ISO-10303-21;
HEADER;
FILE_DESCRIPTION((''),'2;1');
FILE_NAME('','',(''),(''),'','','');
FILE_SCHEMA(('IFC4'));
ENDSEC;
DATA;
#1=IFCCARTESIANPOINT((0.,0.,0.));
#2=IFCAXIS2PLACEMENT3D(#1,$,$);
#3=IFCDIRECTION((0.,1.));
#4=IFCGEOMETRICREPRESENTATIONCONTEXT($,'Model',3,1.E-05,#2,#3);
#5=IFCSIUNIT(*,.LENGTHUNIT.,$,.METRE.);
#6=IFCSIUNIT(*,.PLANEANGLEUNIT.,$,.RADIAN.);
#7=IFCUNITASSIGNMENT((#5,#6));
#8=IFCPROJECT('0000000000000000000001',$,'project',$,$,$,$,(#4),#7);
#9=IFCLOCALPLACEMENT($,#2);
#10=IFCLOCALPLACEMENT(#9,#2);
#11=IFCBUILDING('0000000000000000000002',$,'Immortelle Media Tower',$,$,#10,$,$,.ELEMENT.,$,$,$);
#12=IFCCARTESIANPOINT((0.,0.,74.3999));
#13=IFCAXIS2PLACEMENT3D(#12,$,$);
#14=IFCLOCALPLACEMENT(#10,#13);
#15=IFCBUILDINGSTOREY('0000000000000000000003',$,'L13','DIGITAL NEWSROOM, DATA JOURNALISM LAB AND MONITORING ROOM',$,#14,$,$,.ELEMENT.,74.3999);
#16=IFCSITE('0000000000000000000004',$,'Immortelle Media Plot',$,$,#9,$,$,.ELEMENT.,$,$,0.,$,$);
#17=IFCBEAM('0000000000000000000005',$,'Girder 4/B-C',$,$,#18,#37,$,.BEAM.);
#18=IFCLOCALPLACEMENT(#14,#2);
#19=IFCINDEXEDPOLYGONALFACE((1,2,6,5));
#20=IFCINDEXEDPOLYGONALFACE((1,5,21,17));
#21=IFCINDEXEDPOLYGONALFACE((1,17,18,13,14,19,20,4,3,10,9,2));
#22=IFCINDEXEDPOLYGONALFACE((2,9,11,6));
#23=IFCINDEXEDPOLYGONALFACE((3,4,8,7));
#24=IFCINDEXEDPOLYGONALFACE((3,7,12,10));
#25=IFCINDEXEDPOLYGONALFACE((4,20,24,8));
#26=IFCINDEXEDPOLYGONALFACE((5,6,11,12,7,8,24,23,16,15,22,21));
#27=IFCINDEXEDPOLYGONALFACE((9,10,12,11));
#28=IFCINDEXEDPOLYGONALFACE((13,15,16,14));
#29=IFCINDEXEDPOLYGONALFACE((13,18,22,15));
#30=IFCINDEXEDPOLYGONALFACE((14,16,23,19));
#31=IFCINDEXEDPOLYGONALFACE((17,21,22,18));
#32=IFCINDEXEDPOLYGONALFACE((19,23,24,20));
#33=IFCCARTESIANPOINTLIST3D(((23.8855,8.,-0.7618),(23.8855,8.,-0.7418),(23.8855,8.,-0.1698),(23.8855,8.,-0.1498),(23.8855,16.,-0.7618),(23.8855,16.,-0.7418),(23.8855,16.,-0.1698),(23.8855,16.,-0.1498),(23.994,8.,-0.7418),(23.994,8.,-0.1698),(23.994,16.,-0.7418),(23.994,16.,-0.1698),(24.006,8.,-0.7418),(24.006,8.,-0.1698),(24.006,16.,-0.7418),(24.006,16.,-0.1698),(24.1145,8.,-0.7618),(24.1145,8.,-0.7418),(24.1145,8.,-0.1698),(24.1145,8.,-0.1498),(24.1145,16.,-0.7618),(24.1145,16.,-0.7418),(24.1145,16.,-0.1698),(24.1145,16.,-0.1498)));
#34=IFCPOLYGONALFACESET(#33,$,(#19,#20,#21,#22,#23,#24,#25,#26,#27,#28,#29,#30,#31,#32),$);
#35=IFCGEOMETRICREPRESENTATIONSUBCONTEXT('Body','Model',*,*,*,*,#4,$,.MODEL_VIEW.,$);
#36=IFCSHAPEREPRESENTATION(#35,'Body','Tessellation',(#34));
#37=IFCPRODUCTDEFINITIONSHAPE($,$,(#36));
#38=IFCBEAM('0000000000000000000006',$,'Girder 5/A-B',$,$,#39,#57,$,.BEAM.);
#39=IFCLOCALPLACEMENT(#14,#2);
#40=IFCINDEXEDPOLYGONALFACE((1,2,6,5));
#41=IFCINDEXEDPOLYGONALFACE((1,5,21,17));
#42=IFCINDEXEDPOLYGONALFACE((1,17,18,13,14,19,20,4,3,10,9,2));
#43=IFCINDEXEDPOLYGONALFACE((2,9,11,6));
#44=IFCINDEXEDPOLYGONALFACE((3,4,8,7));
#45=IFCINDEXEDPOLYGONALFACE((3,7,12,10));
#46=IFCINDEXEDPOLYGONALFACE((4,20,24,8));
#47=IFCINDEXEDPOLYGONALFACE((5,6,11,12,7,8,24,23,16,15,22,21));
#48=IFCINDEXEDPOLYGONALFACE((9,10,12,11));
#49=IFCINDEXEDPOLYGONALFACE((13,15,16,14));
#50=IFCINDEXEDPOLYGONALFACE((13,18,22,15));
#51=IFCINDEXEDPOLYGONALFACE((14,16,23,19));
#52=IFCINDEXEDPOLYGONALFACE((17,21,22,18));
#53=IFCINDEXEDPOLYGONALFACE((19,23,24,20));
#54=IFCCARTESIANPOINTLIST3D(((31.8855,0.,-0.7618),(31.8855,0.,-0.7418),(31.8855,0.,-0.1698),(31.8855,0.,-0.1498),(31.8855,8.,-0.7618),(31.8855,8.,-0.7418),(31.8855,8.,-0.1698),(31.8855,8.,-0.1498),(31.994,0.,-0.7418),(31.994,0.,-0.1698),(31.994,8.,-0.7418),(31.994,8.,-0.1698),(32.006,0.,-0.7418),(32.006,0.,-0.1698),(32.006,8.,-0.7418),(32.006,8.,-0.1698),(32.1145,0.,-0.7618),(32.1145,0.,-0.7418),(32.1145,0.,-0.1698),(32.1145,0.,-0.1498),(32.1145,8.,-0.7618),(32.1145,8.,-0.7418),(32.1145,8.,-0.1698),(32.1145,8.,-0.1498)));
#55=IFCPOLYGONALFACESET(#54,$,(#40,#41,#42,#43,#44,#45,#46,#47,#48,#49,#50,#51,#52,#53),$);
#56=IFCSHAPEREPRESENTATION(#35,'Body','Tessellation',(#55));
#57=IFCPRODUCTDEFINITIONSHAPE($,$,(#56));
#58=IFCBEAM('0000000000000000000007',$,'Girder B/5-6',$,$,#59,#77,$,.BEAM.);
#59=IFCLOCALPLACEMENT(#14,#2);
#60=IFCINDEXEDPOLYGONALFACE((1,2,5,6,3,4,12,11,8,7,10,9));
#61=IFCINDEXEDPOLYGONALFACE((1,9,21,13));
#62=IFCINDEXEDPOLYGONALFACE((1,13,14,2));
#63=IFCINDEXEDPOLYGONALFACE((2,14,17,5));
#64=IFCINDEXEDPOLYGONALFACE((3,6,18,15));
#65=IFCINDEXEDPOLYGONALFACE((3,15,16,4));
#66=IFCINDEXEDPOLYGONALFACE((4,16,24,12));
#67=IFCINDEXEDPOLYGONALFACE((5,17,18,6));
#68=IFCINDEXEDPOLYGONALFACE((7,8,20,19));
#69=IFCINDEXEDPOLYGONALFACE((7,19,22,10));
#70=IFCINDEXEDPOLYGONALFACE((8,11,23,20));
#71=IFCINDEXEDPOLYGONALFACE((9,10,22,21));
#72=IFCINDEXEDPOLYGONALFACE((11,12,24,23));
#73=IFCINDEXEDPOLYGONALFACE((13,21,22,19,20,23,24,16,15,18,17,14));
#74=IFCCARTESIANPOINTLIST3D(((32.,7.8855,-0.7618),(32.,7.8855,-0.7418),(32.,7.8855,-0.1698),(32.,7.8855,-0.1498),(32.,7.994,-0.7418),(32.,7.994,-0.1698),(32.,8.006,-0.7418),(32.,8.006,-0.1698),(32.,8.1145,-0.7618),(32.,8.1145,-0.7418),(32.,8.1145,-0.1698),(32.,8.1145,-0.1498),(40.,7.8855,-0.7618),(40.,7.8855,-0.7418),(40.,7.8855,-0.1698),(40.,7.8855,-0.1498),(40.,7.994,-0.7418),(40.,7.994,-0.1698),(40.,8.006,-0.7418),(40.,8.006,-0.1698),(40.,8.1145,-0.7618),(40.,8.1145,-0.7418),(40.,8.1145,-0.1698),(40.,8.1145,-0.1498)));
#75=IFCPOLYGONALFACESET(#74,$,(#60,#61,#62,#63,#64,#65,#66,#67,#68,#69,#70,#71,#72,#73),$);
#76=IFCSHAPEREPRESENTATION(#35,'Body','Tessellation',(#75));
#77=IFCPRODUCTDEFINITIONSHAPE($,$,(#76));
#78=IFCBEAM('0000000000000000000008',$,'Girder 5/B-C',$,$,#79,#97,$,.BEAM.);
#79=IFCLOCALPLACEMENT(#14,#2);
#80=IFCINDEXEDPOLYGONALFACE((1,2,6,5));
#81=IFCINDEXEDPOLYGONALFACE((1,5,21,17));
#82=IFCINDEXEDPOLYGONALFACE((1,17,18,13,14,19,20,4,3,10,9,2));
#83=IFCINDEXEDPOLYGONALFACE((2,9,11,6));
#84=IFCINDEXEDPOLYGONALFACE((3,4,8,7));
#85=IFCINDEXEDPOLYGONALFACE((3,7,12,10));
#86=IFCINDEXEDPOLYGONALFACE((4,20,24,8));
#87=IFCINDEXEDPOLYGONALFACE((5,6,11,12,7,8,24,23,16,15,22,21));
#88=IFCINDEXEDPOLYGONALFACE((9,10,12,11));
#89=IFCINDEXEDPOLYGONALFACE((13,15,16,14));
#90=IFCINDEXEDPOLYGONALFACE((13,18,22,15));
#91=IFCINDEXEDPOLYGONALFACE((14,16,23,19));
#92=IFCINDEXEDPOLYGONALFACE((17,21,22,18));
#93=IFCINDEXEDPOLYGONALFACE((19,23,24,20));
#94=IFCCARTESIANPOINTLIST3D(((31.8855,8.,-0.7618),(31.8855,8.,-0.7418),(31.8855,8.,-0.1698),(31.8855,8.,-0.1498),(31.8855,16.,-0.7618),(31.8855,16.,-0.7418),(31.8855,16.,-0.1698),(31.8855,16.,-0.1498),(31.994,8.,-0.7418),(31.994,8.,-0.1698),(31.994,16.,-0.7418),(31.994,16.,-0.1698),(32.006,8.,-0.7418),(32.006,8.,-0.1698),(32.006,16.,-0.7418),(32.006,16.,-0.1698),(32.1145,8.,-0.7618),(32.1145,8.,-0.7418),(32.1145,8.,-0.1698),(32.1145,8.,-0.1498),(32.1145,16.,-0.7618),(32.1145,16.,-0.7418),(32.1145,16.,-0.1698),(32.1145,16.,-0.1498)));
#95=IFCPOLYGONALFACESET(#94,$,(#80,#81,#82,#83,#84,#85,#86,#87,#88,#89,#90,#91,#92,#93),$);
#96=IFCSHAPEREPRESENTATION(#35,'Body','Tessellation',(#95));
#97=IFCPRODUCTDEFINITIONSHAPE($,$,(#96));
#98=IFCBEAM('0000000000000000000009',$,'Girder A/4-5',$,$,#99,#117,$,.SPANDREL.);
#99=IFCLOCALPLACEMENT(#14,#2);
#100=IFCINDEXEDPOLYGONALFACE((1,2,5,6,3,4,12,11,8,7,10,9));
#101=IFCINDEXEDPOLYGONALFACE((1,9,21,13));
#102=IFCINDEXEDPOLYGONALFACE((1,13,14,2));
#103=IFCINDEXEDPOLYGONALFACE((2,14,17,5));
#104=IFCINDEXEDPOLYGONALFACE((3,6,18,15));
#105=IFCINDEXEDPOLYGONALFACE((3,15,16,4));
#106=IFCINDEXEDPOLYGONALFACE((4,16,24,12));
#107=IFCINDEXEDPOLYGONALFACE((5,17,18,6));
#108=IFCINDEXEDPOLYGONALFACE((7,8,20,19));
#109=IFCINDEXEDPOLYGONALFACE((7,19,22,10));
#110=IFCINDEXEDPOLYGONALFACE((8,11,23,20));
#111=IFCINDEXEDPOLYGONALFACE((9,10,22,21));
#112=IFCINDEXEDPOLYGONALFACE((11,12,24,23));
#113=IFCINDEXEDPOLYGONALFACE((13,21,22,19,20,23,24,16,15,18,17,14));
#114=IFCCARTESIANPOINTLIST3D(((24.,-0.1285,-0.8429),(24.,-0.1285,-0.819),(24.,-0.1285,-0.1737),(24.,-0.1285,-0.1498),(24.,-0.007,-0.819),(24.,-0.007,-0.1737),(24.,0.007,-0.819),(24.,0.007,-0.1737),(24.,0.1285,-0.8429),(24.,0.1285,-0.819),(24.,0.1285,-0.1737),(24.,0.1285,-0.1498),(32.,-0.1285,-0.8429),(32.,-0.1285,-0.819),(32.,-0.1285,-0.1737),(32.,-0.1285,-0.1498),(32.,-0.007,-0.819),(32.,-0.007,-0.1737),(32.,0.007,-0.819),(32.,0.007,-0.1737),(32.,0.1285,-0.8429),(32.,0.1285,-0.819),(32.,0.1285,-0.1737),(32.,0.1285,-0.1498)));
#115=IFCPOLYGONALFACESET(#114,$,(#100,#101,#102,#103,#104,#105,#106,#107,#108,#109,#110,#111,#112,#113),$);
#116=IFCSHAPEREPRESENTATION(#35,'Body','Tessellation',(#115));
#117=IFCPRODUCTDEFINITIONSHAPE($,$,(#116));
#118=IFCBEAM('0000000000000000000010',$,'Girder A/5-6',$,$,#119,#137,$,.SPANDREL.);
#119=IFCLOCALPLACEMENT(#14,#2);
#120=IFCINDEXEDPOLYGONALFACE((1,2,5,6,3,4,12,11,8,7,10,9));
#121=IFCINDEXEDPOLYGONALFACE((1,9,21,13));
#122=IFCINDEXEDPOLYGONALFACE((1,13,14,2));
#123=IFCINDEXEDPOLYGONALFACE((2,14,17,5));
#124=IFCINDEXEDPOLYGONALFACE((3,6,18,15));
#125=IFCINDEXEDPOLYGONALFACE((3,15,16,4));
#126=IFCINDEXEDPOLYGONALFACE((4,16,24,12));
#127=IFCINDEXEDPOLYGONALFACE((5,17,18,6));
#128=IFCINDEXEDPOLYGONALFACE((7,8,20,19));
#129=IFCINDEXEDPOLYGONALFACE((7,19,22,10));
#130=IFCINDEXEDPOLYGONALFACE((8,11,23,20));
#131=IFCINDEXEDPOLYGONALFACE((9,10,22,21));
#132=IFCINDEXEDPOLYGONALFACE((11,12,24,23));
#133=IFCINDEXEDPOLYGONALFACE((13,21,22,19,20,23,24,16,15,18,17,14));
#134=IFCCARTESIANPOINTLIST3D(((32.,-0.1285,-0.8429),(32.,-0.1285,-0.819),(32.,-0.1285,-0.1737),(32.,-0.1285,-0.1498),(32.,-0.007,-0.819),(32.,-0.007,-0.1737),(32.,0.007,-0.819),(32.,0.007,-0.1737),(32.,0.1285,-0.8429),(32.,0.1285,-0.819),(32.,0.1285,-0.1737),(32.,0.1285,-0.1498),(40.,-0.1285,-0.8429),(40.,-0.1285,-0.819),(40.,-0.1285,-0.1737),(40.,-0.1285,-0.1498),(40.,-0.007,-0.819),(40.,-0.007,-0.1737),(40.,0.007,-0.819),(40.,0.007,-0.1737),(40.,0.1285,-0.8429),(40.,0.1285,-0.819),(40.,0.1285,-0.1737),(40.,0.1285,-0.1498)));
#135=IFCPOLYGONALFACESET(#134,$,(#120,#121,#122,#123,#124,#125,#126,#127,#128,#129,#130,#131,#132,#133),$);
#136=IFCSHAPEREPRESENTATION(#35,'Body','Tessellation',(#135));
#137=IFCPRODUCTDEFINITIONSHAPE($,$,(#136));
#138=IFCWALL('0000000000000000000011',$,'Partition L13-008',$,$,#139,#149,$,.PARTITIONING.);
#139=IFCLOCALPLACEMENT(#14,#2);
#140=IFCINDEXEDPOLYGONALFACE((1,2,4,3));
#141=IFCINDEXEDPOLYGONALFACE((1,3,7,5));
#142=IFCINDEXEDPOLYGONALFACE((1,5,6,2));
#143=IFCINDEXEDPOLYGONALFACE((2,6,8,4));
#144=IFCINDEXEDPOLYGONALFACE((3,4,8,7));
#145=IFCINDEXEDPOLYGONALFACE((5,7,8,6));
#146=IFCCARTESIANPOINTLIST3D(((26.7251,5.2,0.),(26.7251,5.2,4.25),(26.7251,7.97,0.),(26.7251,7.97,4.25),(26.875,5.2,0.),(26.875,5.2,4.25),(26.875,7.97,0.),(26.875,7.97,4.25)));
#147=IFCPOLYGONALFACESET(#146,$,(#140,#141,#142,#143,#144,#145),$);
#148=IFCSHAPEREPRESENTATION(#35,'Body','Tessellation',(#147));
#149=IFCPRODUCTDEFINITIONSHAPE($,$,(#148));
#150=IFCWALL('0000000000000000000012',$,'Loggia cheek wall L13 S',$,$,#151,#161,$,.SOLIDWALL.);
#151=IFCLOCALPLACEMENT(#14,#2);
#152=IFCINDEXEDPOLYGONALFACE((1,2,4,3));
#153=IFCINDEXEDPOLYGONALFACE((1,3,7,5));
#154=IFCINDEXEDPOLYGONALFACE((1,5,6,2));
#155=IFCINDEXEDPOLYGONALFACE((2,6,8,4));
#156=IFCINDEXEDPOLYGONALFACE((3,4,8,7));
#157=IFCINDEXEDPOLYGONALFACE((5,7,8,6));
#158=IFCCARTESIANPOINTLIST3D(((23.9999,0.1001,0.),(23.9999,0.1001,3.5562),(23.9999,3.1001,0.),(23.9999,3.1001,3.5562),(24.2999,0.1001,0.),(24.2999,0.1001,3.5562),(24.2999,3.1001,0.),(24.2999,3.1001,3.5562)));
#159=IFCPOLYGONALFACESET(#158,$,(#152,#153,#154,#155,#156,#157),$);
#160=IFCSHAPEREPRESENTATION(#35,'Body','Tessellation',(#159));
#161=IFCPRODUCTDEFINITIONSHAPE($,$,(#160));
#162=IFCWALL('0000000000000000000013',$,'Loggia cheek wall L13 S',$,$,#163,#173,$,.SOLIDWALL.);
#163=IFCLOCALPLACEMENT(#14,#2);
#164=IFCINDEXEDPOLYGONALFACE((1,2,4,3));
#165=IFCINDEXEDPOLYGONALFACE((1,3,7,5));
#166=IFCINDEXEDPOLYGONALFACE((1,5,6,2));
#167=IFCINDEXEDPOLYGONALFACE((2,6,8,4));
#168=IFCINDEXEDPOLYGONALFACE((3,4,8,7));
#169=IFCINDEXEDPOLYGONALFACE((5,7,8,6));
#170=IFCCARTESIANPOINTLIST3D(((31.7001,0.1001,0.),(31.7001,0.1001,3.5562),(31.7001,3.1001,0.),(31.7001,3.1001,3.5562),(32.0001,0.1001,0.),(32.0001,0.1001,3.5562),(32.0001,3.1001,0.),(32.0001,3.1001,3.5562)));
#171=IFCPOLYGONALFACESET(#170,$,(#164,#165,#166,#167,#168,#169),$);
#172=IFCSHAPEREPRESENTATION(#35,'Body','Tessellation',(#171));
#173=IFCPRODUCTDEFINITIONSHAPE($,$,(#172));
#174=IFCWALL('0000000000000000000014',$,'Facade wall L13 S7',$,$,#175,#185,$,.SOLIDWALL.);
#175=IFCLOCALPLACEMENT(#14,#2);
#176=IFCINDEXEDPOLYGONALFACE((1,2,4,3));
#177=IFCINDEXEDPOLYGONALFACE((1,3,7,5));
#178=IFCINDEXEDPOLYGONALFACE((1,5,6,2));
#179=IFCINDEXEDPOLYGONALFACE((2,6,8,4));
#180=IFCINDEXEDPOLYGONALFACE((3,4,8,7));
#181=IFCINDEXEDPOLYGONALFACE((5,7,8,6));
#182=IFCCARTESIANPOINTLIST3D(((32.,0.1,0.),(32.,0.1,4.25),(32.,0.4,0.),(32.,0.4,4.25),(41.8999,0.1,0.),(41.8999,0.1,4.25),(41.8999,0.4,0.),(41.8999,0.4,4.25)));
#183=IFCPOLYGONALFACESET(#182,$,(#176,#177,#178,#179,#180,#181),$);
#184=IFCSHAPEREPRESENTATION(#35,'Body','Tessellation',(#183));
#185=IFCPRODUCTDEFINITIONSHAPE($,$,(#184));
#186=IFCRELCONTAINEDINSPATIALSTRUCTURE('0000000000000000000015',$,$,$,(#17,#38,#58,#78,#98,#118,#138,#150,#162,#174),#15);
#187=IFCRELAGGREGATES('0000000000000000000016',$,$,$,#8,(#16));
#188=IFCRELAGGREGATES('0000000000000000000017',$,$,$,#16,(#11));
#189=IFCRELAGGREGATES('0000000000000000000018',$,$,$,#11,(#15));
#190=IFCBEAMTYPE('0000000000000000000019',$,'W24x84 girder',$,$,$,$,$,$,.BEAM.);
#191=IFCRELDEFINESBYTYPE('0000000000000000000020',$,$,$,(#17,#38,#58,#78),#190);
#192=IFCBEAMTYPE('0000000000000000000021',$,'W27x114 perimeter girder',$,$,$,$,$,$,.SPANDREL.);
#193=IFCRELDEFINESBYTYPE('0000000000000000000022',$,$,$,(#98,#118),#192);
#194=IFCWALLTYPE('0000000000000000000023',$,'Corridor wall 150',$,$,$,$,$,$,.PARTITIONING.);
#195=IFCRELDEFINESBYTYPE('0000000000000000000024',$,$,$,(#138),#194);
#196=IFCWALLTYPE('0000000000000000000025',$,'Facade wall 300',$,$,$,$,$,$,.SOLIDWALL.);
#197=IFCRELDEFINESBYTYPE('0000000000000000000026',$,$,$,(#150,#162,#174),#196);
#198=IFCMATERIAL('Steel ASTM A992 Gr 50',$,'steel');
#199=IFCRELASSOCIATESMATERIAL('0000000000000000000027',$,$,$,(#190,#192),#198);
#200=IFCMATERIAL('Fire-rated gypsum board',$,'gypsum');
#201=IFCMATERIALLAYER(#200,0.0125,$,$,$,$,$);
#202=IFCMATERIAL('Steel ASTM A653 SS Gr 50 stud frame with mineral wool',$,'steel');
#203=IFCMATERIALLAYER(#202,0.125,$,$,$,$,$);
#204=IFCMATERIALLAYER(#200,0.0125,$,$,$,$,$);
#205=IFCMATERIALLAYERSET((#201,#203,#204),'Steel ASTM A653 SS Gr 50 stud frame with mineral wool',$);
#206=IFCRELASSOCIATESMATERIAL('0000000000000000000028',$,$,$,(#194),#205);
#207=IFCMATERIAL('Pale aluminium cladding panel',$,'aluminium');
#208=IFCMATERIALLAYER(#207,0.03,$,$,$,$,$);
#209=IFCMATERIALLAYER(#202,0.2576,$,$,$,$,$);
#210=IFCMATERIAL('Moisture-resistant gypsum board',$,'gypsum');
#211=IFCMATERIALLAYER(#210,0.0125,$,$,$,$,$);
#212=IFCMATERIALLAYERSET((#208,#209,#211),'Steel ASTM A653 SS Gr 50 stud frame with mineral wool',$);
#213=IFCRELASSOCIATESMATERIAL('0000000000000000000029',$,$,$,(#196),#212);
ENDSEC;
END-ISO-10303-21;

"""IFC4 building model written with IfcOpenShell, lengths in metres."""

from ifc_helpers import new_model, si_unit, direction, frame, frame_2d, origin, origin_2d, place, context, subcontext, project, spatial, rectangle, i_section, extrude, material, layer, layer_set, material_profile, profile_set, type_object, element, save


model = new_model("IFC4")

# Units and contexts
model_context = context("Model", 3, precision=1e-05, world=origin(), true_north=direction((0.0, 1.0)))
body_context = subcontext(model_context, "Body", "Model", "MODEL_VIEW")
ifc_project = project(units=[si_unit("LENGTHUNIT", "METRE"), si_unit("PLANEANGLEUNIT", "RADIAN")], contexts=[model_context])

# Site, building, storey
site_placement = place(None, origin())
site = spatial("IfcSite", under=ifc_project, at=site_placement, Name="Immortelle Media Plot", CompositionType="ELEMENT", RefElevation=0.0)
building_placement = place(site_placement, origin())
building = spatial("IfcBuilding", under=site, at=building_placement, Name="Immortelle Media Tower", CompositionType="ELEMENT")
storey_placement = place(building_placement, frame((0.0, 0.0, 74.3999)))
storey = spatial("IfcBuildingStorey", under=building, at=storey_placement, Name="L13", Description="DIGITAL NEWSROOM, DATA JOURNALISM LAB AND MONITORING ROOM", CompositionType="ELEMENT", Elevation=74.3999)

# Shared definitions
ifc_material_1 = material(Name="Steel ASTM A992 Gr 50", Category="steel")

# Beams
ifc_material_profile_1 = material_profile(ifc_material_1, i_section(OverallWidth=0.229, OverallDepth=0.6121, WebThickness=0.012, FlangeThickness=0.02, at=origin_2d()), Name="W24x84")
ifc_profile_set_1 = profile_set([ifc_material_profile_1], Name="Steel ASTM A992 Gr 50")
beam_type_1 = type_object("IfcBeamType", Name="W24x84 girder", PredefinedType="BEAM", material=ifc_profile_set_1)
for number, where, z_axis, x_axis, name in (
    (1, (24.0, 8.0, -0.4558), (0.0, 1.0, 0.0), (-1.0, 0.0, 0.0), "Girder 4/B-C"),
    (2, (32.0, 0.0, -0.4558), (0.0, 1.0, 0.0), (-1.0, 0.0, 0.0), "Girder 5/A-B"),
    (3, (32.0, 8.0, -0.4558), (1.0, 0.0, 0.0), (0.0, 1.0, 0.0), "Girder B/5-6"),
    (4, (32.0, 8.0, -0.4558), (0.0, 1.0, 0.0), (-1.0, 0.0, 0.0), "Girder 5/B-C"),
):
    element("IfcBeam", number, at=place(storey_placement, frame(where, z_axis=z_axis, x_axis=x_axis)), inside=storey, type_object=beam_type_1, Name=name, PredefinedType="BEAM", context=body_context, shape_type="SweptSolid", body=[
        extrude(i_section(OverallWidth=0.229, OverallDepth=0.6121, WebThickness=0.012, FlangeThickness=0.02, at=origin_2d()), origin(), (0.0, 0.0, 1.0), 8.0),
    ])
ifc_material_profile_2 = material_profile(ifc_material_1, i_section(OverallWidth=0.2571, OverallDepth=0.6931, WebThickness=0.0139, FlangeThickness=0.0239, at=origin_2d()), Name="W27x114")
ifc_profile_set_2 = profile_set([ifc_material_profile_2], Name="Steel ASTM A992 Gr 50")
beam_type_2 = type_object("IfcBeamType", Name="W27x114 perimeter girder", PredefinedType="SPANDREL", material=ifc_profile_set_2)
for number, where, z_axis, x_axis, name in (
    (5, (24.0, 0.0, -0.4963), (1.0, 0.0, 0.0), (0.0, 1.0, 0.0), "Girder A/4-5"),
    (6, (32.0, 0.0, -0.4963), (1.0, 0.0, 0.0), (0.0, 1.0, 0.0), "Girder A/5-6"),
):
    element("IfcBeam", number, at=place(storey_placement, frame(where, z_axis=z_axis, x_axis=x_axis)), inside=storey, type_object=beam_type_2, Name=name, PredefinedType="SPANDREL", context=body_context, shape_type="SweptSolid", body=[
        extrude(i_section(OverallWidth=0.2571, OverallDepth=0.6931, WebThickness=0.0139, FlangeThickness=0.0239, at=origin_2d()), origin(), (0.0, 0.0, 1.0), 8.0),
    ])

# Wall
ifc_material_2 = material(Name="Fire-rated gypsum board", Category="gypsum")
ifc_layer_1 = layer(ifc_material_2, 0.0125)
ifc_material_3 = material(Name="Steel ASTM A653 SS Gr 50 stud frame with mineral wool", Category="steel")
ifc_layer_2 = layer(ifc_material_3, 0.125)
ifc_layer_3 = layer(ifc_material_2, 0.0125)
ifc_layer_set_1 = layer_set([ifc_layer_1, ifc_layer_2, ifc_layer_3], Name="Steel ASTM A653 SS Gr 50 stud frame with mineral wool")
wall_type_1 = type_object("IfcWallType", Name="Corridor wall 150", PredefinedType="PARTITIONING", material=ifc_layer_set_1)
wall_1_placement = place(storey_placement, frame((26.8, 5.2, 0.0), z_axis=(0.0, 0.0, 1.0), x_axis=(0.0, 1.0, 0.0)))
element("IfcWall", 7, at=wall_1_placement, inside=storey, type_object=wall_type_1, Name="Partition L13-008", PredefinedType="PARTITIONING", context=body_context, shape_type="SweptSolid", body=[
    extrude(rectangle(XDim=2.77, YDim=0.1499, at=frame_2d((1.385, 0.0))), origin(), (0.0, 0.0, 1.0), 4.25),
])

# Shared definitions
ifc_material_4 = material(Name="Pale aluminium cladding panel", Category="aluminium")
ifc_layer_4 = layer(ifc_material_4, 0.03)
ifc_layer_5 = layer(ifc_material_3, 0.2576)
ifc_material_5 = material(Name="Moisture-resistant gypsum board", Category="gypsum")
ifc_layer_6 = layer(ifc_material_5, 0.0125)
ifc_layer_set_2 = layer_set([ifc_layer_4, ifc_layer_5, ifc_layer_6], Name="Steel ASTM A653 SS Gr 50 stud frame with mineral wool")
wall_type_2 = type_object("IfcWallType", Name="Facade wall 300", PredefinedType="SOLIDWALL", material=ifc_layer_set_2)

# Walls
for number, where, z_axis, x_axis, name in (
    (8, (24.1499, 0.1001, 0.0), (0.0, 0.0, 1.0), (0.0, 1.0, 0.0), "Loggia cheek wall L13 S"),
    (9, (31.8501, 0.1001, 0.0), (0.0, 0.0, 1.0), (0.0, 1.0, 0.0), "Loggia cheek wall L13 S"),
):
    element("IfcWall", number, at=place(storey_placement, frame(where, z_axis=z_axis, x_axis=x_axis)), inside=storey, type_object=wall_type_2, Name=name, PredefinedType="SOLIDWALL", context=body_context, shape_type="SweptSolid", body=[
        extrude(rectangle(XDim=3.0, YDim=0.3, at=frame_2d((1.5, 0.0))), origin(), (0.0, 0.0, 1.0), 3.5562),
    ])
wall_2_placement = place(storey_placement, frame((32.0, 0.25, 0.0), z_axis=(0.0, 0.0, 1.0), x_axis=(1.0, 0.0, 0.0)))
element("IfcWall", 10, at=wall_2_placement, inside=storey, type_object=wall_type_2, Name="Facade wall L13 S7", PredefinedType="SOLIDWALL", context=body_context, shape_type="SweptSolid", body=[
    extrude(rectangle(XDim=9.8999, YDim=0.3, at=frame_2d((4.95, 0.0))), origin(), (0.0, 0.0, 1.0), 4.25),
])

save(model, "model.ifc")
